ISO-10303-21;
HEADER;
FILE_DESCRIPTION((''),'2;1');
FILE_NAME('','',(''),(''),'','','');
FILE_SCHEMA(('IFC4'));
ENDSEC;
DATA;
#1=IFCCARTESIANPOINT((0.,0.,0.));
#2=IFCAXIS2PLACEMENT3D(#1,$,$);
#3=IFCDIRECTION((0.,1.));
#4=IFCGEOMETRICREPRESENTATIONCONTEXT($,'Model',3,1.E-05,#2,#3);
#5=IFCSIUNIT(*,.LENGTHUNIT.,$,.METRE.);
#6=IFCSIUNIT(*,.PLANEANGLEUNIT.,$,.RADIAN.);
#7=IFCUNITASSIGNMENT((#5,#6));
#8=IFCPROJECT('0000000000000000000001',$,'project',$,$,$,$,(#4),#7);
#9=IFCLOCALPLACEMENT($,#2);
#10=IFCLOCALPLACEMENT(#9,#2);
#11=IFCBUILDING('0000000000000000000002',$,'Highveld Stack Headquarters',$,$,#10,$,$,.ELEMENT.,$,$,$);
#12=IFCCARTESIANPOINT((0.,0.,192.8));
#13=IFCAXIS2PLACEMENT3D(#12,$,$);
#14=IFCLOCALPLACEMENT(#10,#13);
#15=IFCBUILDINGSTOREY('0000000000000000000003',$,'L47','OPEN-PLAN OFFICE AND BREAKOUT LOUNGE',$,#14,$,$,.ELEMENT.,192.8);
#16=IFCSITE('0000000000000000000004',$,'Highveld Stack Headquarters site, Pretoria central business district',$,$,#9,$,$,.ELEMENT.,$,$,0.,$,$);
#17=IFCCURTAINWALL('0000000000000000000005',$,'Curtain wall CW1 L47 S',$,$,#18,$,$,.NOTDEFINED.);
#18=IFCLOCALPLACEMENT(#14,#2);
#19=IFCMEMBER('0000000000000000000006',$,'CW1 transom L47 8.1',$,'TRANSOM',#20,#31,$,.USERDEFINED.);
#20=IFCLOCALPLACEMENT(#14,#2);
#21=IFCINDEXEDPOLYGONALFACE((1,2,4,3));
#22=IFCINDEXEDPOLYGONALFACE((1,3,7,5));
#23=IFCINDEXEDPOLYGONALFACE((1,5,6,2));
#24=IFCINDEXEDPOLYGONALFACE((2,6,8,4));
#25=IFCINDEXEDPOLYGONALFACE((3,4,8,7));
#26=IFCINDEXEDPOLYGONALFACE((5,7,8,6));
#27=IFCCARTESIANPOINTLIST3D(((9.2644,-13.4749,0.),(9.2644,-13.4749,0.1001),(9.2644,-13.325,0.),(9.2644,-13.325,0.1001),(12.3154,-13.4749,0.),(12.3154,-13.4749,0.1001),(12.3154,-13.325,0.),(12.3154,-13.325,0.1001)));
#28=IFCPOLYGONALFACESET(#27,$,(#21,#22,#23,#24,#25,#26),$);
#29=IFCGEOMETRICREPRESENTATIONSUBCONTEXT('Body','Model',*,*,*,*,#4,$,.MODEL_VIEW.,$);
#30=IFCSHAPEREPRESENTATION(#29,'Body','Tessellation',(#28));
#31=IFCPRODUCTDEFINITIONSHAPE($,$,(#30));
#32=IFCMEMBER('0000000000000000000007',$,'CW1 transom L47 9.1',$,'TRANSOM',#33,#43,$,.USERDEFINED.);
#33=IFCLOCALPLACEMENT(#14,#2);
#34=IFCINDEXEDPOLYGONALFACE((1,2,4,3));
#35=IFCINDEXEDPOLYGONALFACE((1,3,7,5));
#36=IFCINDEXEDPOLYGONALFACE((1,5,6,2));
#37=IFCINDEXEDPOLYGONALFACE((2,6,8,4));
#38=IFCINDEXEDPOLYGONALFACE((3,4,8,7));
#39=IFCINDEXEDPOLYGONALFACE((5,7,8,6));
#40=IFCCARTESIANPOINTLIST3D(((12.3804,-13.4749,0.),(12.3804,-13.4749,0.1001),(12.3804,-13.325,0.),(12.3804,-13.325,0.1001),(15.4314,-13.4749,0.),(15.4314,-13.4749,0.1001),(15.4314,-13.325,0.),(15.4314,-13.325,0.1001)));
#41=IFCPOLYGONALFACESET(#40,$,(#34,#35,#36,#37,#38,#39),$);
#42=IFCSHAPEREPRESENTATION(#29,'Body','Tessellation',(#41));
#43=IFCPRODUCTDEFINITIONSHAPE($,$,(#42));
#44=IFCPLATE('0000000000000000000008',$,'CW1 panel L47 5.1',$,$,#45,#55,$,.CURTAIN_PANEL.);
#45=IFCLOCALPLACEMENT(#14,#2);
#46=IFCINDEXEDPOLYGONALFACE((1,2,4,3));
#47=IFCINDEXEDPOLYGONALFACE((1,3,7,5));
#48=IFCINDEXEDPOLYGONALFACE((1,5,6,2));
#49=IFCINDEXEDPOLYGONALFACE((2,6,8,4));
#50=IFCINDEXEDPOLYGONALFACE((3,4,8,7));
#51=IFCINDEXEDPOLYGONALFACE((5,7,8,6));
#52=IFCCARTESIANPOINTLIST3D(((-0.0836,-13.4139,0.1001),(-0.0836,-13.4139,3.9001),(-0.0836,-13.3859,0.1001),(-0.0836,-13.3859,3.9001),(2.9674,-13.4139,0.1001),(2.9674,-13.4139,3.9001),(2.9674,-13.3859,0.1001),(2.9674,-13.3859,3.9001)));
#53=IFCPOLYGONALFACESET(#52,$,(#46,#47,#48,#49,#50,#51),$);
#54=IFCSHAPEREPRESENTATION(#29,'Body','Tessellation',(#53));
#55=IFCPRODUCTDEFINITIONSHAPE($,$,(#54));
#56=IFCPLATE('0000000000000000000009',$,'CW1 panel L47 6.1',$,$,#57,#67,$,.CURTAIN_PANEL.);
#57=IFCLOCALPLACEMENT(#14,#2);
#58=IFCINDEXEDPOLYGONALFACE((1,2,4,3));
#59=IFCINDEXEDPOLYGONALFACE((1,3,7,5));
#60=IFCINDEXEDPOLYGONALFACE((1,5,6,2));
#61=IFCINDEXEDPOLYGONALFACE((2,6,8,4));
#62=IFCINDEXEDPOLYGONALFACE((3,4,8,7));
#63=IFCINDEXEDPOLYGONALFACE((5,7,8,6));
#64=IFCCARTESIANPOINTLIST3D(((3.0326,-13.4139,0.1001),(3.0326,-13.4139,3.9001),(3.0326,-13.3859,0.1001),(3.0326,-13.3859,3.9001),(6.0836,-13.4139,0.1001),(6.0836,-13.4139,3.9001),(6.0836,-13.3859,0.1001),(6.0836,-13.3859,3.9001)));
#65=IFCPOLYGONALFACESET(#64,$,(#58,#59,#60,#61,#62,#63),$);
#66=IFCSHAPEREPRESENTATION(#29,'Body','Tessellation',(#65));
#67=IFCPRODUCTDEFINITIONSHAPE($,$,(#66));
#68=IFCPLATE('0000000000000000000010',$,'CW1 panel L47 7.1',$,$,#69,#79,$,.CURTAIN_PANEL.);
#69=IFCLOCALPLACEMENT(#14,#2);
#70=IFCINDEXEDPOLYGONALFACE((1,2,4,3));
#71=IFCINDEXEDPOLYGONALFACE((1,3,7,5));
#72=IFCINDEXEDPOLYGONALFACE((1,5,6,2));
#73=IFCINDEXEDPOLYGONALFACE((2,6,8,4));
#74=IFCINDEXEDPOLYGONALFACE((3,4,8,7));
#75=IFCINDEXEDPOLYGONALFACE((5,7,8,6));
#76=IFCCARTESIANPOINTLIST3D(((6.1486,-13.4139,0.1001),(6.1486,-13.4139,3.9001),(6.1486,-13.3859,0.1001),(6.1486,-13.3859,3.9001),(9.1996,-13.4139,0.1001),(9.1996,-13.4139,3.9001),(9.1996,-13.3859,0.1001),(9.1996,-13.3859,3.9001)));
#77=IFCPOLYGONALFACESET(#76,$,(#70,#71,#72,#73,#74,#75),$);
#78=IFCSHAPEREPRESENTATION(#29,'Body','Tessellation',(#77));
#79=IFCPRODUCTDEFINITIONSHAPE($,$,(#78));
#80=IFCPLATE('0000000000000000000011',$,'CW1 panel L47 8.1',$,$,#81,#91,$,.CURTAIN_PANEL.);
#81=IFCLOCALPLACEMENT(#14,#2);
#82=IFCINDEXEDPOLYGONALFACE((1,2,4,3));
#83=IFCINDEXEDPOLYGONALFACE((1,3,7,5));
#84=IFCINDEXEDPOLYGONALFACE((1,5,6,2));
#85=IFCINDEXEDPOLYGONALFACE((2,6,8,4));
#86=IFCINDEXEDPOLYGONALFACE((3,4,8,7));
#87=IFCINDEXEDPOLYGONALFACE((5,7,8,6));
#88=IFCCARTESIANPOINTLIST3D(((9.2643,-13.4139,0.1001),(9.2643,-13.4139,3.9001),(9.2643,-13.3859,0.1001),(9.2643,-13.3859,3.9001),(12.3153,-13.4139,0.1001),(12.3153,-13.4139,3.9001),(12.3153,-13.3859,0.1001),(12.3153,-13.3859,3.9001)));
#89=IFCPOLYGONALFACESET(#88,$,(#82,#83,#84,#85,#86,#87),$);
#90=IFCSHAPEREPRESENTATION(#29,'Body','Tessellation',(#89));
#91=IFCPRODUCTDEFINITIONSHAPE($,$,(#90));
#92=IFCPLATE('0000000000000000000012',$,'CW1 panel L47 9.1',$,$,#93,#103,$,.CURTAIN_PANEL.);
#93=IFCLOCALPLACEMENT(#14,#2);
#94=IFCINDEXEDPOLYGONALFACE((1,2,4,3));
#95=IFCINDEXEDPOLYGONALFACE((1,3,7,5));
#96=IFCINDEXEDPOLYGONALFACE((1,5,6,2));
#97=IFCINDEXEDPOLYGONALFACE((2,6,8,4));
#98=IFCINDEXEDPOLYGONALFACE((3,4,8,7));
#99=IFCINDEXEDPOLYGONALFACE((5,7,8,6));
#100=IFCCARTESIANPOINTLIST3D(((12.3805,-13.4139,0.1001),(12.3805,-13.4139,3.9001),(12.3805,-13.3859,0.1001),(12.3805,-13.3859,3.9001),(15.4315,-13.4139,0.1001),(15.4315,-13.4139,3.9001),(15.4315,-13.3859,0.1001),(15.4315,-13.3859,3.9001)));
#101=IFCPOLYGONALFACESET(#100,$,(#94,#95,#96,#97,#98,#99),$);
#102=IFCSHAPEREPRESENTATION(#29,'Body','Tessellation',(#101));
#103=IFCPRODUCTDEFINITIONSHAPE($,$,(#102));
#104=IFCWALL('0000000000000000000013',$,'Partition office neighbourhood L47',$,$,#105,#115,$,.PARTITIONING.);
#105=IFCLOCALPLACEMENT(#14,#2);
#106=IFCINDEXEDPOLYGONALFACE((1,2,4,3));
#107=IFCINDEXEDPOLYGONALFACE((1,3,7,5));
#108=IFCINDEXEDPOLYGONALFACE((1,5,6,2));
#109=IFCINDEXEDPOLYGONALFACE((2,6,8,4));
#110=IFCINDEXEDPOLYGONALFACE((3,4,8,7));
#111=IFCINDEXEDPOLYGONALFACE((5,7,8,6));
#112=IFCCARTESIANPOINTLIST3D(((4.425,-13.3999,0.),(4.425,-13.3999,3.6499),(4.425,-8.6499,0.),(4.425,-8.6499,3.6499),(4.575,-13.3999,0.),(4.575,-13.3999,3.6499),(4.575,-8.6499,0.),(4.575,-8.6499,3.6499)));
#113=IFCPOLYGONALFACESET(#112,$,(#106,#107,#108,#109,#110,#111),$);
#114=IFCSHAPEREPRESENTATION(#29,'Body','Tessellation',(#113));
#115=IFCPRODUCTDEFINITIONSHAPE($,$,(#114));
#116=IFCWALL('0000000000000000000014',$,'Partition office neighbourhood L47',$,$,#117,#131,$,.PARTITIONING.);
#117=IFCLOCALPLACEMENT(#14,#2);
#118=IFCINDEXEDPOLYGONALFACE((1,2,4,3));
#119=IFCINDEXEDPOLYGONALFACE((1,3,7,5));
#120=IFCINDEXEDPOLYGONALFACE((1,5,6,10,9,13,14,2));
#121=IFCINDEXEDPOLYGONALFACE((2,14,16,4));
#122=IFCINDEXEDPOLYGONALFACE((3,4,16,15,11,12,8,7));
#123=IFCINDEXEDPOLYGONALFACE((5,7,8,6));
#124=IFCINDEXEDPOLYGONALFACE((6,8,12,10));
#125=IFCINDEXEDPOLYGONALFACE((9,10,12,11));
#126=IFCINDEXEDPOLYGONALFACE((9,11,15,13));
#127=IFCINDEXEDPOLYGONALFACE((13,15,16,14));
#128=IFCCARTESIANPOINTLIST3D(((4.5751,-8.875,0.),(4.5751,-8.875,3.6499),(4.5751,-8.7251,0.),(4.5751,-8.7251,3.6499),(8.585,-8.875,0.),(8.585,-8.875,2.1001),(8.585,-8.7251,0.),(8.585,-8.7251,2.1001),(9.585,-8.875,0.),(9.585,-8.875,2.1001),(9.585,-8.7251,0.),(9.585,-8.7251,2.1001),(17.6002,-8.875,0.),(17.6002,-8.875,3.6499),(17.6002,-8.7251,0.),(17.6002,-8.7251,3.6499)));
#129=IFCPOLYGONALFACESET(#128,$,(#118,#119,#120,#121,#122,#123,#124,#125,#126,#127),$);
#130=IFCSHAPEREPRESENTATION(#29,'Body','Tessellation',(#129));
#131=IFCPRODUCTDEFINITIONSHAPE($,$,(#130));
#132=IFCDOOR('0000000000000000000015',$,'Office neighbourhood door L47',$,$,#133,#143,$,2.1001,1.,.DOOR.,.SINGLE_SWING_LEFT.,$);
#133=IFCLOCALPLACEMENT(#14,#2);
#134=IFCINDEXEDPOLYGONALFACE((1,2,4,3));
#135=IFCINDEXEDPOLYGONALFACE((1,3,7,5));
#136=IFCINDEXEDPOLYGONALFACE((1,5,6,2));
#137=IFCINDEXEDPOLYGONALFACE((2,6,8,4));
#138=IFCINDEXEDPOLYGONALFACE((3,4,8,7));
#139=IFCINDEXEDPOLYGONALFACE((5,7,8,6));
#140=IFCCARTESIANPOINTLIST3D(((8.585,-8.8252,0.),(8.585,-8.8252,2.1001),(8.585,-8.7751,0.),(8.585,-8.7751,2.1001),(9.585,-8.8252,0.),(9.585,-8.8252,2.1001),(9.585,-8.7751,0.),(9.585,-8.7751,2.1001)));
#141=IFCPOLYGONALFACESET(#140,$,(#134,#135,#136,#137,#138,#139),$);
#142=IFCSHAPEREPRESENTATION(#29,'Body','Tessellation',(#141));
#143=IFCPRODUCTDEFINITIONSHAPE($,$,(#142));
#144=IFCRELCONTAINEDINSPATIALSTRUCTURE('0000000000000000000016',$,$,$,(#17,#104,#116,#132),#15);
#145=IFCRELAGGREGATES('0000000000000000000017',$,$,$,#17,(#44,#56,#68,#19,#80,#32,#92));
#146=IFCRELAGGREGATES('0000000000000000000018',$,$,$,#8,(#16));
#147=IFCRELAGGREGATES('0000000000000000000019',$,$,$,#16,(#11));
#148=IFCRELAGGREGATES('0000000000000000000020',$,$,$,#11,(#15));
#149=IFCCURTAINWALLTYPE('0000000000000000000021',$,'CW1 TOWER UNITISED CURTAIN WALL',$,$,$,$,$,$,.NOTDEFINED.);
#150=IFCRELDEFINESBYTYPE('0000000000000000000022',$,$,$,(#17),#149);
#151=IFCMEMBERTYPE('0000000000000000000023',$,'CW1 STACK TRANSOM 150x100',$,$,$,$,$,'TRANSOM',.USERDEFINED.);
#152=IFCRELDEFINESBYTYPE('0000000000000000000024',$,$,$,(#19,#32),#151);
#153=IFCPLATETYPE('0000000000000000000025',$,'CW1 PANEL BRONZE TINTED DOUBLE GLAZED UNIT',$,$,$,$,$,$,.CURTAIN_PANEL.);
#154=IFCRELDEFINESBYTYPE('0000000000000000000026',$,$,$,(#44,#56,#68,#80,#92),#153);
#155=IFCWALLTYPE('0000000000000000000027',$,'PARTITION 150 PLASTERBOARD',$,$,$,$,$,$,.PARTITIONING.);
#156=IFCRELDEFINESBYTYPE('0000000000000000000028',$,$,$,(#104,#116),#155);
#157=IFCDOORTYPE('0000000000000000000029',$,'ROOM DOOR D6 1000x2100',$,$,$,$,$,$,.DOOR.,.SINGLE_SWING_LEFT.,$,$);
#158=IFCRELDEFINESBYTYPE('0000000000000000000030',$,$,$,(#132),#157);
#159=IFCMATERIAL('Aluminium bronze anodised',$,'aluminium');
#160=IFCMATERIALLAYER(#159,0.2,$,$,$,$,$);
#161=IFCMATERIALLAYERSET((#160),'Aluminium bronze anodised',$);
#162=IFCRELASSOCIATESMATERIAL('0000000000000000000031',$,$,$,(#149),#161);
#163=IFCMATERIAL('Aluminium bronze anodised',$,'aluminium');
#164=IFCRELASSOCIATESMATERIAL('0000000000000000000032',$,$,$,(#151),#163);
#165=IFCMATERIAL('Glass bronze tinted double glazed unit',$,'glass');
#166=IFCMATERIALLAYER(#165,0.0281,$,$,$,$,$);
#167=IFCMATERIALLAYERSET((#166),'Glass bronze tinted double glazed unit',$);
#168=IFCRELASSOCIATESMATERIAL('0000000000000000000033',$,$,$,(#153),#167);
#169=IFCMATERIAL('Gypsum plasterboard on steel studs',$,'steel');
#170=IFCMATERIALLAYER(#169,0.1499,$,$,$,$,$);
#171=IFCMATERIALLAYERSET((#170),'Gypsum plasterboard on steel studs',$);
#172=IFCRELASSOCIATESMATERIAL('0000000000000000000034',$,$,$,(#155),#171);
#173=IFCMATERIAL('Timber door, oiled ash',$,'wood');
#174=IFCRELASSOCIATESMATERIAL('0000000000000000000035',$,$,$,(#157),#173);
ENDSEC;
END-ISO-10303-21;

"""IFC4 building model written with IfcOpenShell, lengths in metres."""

from ifc_helpers import new_model, si_unit, direction, frame, frame_2d, origin, origin_2d, place, context, subcontext, project, spatial, rectangle, extrude, material, layer, layer_set, material_profile, profile_set, type_object, element, fill, aggregate, save


model = new_model("IFC4")

# Units and contexts
model_context = context("Model", 3, precision=1e-05, world=origin(), true_north=direction((0.0, 1.0)))
body_context = subcontext(model_context, "Body", "Model", "MODEL_VIEW")
ifc_project = project(units=[si_unit("LENGTHUNIT", "METRE"), si_unit("PLANEANGLEUNIT", "RADIAN")], contexts=[model_context])

# Site, building, storey
site_placement = place(None, origin())
site = spatial("IfcSite", under=ifc_project, at=site_placement, Name="Highveld Stack Headquarters site, Pretoria central business district", CompositionType="ELEMENT", RefElevation=0.0)
building_placement = place(site_placement, origin())
building = spatial("IfcBuilding", under=site, at=building_placement, Name="Highveld Stack Headquarters", CompositionType="ELEMENT")
storey_placement = place(building_placement, frame((0.0, 0.0, 192.8)))
storey = spatial("IfcBuildingStorey", under=building, at=storey_placement, Name="L47", Description="OPEN-PLAN OFFICE AND BREAKOUT LOUNGE", CompositionType="ELEMENT", Elevation=192.8)

# Curtain wall, members, plates
ifc_material_1 = material(Name="Aluminium bronze anodised", Category="aluminium")
ifc_layer_1 = layer(ifc_material_1, 0.2)
ifc_layer_set_1 = layer_set([ifc_layer_1], Name="Aluminium bronze anodised")
curtain_wall_type = type_object("IfcCurtainWallType", Name="CW1 TOWER UNITISED CURTAIN WALL", PredefinedType="NOTDEFINED", material=ifc_layer_set_1)
curtain_wall_placement = place(storey_placement, origin())
curtain_wall = element("IfcCurtainWall", 1, at=curtain_wall_placement, inside=storey, type_object=curtain_wall_type, Name="Curtain wall CW1 L47 S", PredefinedType="NOTDEFINED")
ifc_material_2 = material(Name="Aluminium bronze anodised", Category="aluminium")
ifc_material_profile_1 = material_profile(ifc_material_2, rectangle(XDim=0.1499, YDim=0.1001, at=origin_2d()), Name="CW1 TRANSOM 150x100")
ifc_profile_set_1 = profile_set([ifc_material_profile_1], Name="Aluminium bronze anodised")
member_type_1 = type_object("IfcMemberType", Name="CW1 STACK TRANSOM 150x100", ElementType="TRANSOM", PredefinedType="USERDEFINED", material=ifc_profile_set_1)
member_1_placement = place(storey_placement, frame((9.2644, -13.3999, 0.05), z_axis=(1.0, 0.0, 0.0), x_axis=(0.0, 1.0, 0.0)))
member_1 = element("IfcMember", 2, at=member_1_placement, type_object=member_type_1, Name="CW1 transom L47 8.1", ObjectType="TRANSOM", PredefinedType="USERDEFINED", context=body_context, shape_type="SweptSolid", body=[
    extrude(rectangle(XDim=0.1499, YDim=0.1001, at=origin_2d()), origin(), (0.0, 0.0, 1.0), 3.051),
])
member_2_placement = place(storey_placement, frame((12.3804, -13.3999, 0.05), z_axis=(1.0, 0.0, 0.0), x_axis=(0.0, 1.0, 0.0)))
member_2 = element("IfcMember", 3, at=member_2_placement, type_object=member_type_1, Name="CW1 transom L47 9.1", ObjectType="TRANSOM", PredefinedType="USERDEFINED", context=body_context, shape_type="SweptSolid", body=[
    extrude(rectangle(XDim=0.1499, YDim=0.1001, at=origin_2d()), origin(), (0.0, 0.0, 1.0), 3.051),
])
ifc_material_3 = material(Name="Glass bronze tinted double glazed unit", Category="glass")
ifc_layer_2 = layer(ifc_material_3, 0.0281)
ifc_layer_set_2 = layer_set([ifc_layer_2], Name="Glass bronze tinted double glazed unit")
plate_type = type_object("IfcPlateType", Name="CW1 PANEL BRONZE TINTED DOUBLE GLAZED UNIT", PredefinedType="CURTAIN_PANEL", material=ifc_layer_set_2)
plate_1_placement = place(storey_placement, frame((1.4419, -13.3999, 0.1001), z_axis=(0.0, 0.0, 1.0), x_axis=(1.0, 0.0, 0.0)))
plate_1 = element("IfcPlate", 4, at=plate_1_placement, type_object=plate_type, Name="CW1 panel L47 5.1", PredefinedType="CURTAIN_PANEL", context=body_context, shape_type="SweptSolid", body=[
    extrude(rectangle(XDim=3.051, YDim=0.0281, at=origin_2d()), origin(), (0.0, 0.0, 1.0), 3.8),
])
plate_2_placement = place(storey_placement, frame((4.5581, -13.3999, 0.1001), z_axis=(0.0, 0.0, 1.0), x_axis=(1.0, 0.0, 0.0)))
plate_2 = element("IfcPlate", 5, at=plate_2_placement, type_object=plate_type, Name="CW1 panel L47 6.1", PredefinedType="CURTAIN_PANEL", context=body_context, shape_type="SweptSolid", body=[
    extrude(rectangle(XDim=3.051, YDim=0.0281, at=origin_2d()), origin(), (0.0, 0.0, 1.0), 3.8),
])
plate_3_placement = place(storey_placement, frame((7.6741, -13.3999, 0.1001), z_axis=(0.0, 0.0, 1.0), x_axis=(1.0, 0.0, 0.0)))
plate_3 = element("IfcPlate", 6, at=plate_3_placement, type_object=plate_type, Name="CW1 panel L47 7.1", PredefinedType="CURTAIN_PANEL", context=body_context, shape_type="SweptSolid", body=[
    extrude(rectangle(XDim=3.051, YDim=0.0281, at=origin_2d()), origin(), (0.0, 0.0, 1.0), 3.8),
])
plate_4_placement = place(storey_placement, frame((10.7898, -13.3999, 0.1001), z_axis=(0.0, 0.0, 1.0), x_axis=(1.0, 0.0, 0.0)))
plate_4 = element("IfcPlate", 7, at=plate_4_placement, type_object=plate_type, Name="CW1 panel L47 8.1", PredefinedType="CURTAIN_PANEL", context=body_context, shape_type="SweptSolid", body=[
    extrude(rectangle(XDim=3.051, YDim=0.0281, at=origin_2d()), origin(), (0.0, 0.0, 1.0), 3.8),
])
plate_5_placement = place(storey_placement, frame((13.906, -13.3999, 0.1001), z_axis=(0.0, 0.0, 1.0), x_axis=(1.0, 0.0, 0.0)))
plate_5 = element("IfcPlate", 8, at=plate_5_placement, type_object=plate_type, Name="CW1 panel L47 9.1", PredefinedType="CURTAIN_PANEL", context=body_context, shape_type="SweptSolid", body=[
    extrude(rectangle(XDim=3.051, YDim=0.0281, at=origin_2d()), origin(), (0.0, 0.0, 1.0), 3.8),
])
aggregate(curtain_wall, [plate_1, plate_2, plate_3, member_1, plate_4, member_2, plate_5])

# Wall
ifc_material_4 = material(Name="Gypsum plasterboard on steel studs", Category="steel")
ifc_layer_3 = layer(ifc_material_4, 0.1499)
ifc_layer_set_3 = layer_set([ifc_layer_3], Name="Gypsum plasterboard on steel studs")
wall_type = type_object("IfcWallType", Name="PARTITION 150 PLASTERBOARD", PredefinedType="PARTITIONING", material=ifc_layer_set_3)
wall_1_placement = place(storey_placement, frame((4.5, -13.3999, 0.0), z_axis=(0.0, 0.0, 1.0), x_axis=(0.0, 1.0, 0.0)))
element("IfcWall", 9, at=wall_1_placement, inside=storey, type_object=wall_type, Name="Partition office neighbourhood L47", PredefinedType="PARTITIONING", context=body_context, shape_type="SweptSolid", body=[
    extrude(rectangle(XDim=4.75, YDim=0.1499, at=frame_2d((2.375, 0.0))), origin(), (0.0, 0.0, 1.0), 3.6499),
])

# Wall, opening, door
wall_2_placement = place(storey_placement, frame((4.575, -8.8, 0.0), z_axis=(0.0, 0.0, 1.0), x_axis=(1.0, 0.0, 0.0)))
wall_2 = element("IfcWall", 10, at=wall_2_placement, inside=storey, type_object=wall_type, Name="Partition office neighbourhood L47", PredefinedType="PARTITIONING", context=body_context, shape_type="SweptSolid", body=[
    extrude(rectangle(XDim=13.0251, YDim=0.1499, at=frame_2d((6.5127, 0.0))), origin(), (0.0, 0.0, 1.0), 3.6499),
])
opening_placement = place(wall_2_placement, frame((4.01, 0.0, 0.0)))
opening = element("IfcOpeningElement", 11, at=opening_placement, cuts=wall_2, PredefinedType="OPENING", context=body_context, shape_type="SweptSolid", body=[
    extrude(rectangle(XDim=1.0, YDim=2.1001, at=frame_2d((0.5, 1.05))), frame((0.0, 0.085, 0.0), z_axis=(0.0, -1.0, 0.0), x_axis=(1.0, 0.0, 0.0)), (0.0, 0.0, 1.0), 0.1699),
])
ifc_material_5 = material(Name="Timber door, oiled ash", Category="wood")
door_type = type_object("IfcDoorType", Name="ROOM DOOR D6 1000x2100", OperationType="SINGLE_SWING_LEFT", PredefinedType="DOOR", material=ifc_material_5)
door_placement = place(opening_placement, origin())
door = element("IfcDoor", 12, at=door_placement, inside=storey, type_object=door_type, Name="Office neighbourhood door L47", OperationType="SINGLE_SWING_LEFT", OverallHeight=2.1001, OverallWidth=1.0, PredefinedType="DOOR", context=body_context, shape_type="SweptSolid", body=[
    extrude(rectangle(XDim=1.0, YDim=2.1001, at=frame_2d((0.5, 1.05))), frame((0.0, 0.0249, 0.0), z_axis=(0.0, -1.0, 0.0), x_axis=(1.0, 0.0, 0.0)), (0.0, 0.0, 1.0), 0.05),
])
fill(opening, door)

save(model, "model.ifc")
